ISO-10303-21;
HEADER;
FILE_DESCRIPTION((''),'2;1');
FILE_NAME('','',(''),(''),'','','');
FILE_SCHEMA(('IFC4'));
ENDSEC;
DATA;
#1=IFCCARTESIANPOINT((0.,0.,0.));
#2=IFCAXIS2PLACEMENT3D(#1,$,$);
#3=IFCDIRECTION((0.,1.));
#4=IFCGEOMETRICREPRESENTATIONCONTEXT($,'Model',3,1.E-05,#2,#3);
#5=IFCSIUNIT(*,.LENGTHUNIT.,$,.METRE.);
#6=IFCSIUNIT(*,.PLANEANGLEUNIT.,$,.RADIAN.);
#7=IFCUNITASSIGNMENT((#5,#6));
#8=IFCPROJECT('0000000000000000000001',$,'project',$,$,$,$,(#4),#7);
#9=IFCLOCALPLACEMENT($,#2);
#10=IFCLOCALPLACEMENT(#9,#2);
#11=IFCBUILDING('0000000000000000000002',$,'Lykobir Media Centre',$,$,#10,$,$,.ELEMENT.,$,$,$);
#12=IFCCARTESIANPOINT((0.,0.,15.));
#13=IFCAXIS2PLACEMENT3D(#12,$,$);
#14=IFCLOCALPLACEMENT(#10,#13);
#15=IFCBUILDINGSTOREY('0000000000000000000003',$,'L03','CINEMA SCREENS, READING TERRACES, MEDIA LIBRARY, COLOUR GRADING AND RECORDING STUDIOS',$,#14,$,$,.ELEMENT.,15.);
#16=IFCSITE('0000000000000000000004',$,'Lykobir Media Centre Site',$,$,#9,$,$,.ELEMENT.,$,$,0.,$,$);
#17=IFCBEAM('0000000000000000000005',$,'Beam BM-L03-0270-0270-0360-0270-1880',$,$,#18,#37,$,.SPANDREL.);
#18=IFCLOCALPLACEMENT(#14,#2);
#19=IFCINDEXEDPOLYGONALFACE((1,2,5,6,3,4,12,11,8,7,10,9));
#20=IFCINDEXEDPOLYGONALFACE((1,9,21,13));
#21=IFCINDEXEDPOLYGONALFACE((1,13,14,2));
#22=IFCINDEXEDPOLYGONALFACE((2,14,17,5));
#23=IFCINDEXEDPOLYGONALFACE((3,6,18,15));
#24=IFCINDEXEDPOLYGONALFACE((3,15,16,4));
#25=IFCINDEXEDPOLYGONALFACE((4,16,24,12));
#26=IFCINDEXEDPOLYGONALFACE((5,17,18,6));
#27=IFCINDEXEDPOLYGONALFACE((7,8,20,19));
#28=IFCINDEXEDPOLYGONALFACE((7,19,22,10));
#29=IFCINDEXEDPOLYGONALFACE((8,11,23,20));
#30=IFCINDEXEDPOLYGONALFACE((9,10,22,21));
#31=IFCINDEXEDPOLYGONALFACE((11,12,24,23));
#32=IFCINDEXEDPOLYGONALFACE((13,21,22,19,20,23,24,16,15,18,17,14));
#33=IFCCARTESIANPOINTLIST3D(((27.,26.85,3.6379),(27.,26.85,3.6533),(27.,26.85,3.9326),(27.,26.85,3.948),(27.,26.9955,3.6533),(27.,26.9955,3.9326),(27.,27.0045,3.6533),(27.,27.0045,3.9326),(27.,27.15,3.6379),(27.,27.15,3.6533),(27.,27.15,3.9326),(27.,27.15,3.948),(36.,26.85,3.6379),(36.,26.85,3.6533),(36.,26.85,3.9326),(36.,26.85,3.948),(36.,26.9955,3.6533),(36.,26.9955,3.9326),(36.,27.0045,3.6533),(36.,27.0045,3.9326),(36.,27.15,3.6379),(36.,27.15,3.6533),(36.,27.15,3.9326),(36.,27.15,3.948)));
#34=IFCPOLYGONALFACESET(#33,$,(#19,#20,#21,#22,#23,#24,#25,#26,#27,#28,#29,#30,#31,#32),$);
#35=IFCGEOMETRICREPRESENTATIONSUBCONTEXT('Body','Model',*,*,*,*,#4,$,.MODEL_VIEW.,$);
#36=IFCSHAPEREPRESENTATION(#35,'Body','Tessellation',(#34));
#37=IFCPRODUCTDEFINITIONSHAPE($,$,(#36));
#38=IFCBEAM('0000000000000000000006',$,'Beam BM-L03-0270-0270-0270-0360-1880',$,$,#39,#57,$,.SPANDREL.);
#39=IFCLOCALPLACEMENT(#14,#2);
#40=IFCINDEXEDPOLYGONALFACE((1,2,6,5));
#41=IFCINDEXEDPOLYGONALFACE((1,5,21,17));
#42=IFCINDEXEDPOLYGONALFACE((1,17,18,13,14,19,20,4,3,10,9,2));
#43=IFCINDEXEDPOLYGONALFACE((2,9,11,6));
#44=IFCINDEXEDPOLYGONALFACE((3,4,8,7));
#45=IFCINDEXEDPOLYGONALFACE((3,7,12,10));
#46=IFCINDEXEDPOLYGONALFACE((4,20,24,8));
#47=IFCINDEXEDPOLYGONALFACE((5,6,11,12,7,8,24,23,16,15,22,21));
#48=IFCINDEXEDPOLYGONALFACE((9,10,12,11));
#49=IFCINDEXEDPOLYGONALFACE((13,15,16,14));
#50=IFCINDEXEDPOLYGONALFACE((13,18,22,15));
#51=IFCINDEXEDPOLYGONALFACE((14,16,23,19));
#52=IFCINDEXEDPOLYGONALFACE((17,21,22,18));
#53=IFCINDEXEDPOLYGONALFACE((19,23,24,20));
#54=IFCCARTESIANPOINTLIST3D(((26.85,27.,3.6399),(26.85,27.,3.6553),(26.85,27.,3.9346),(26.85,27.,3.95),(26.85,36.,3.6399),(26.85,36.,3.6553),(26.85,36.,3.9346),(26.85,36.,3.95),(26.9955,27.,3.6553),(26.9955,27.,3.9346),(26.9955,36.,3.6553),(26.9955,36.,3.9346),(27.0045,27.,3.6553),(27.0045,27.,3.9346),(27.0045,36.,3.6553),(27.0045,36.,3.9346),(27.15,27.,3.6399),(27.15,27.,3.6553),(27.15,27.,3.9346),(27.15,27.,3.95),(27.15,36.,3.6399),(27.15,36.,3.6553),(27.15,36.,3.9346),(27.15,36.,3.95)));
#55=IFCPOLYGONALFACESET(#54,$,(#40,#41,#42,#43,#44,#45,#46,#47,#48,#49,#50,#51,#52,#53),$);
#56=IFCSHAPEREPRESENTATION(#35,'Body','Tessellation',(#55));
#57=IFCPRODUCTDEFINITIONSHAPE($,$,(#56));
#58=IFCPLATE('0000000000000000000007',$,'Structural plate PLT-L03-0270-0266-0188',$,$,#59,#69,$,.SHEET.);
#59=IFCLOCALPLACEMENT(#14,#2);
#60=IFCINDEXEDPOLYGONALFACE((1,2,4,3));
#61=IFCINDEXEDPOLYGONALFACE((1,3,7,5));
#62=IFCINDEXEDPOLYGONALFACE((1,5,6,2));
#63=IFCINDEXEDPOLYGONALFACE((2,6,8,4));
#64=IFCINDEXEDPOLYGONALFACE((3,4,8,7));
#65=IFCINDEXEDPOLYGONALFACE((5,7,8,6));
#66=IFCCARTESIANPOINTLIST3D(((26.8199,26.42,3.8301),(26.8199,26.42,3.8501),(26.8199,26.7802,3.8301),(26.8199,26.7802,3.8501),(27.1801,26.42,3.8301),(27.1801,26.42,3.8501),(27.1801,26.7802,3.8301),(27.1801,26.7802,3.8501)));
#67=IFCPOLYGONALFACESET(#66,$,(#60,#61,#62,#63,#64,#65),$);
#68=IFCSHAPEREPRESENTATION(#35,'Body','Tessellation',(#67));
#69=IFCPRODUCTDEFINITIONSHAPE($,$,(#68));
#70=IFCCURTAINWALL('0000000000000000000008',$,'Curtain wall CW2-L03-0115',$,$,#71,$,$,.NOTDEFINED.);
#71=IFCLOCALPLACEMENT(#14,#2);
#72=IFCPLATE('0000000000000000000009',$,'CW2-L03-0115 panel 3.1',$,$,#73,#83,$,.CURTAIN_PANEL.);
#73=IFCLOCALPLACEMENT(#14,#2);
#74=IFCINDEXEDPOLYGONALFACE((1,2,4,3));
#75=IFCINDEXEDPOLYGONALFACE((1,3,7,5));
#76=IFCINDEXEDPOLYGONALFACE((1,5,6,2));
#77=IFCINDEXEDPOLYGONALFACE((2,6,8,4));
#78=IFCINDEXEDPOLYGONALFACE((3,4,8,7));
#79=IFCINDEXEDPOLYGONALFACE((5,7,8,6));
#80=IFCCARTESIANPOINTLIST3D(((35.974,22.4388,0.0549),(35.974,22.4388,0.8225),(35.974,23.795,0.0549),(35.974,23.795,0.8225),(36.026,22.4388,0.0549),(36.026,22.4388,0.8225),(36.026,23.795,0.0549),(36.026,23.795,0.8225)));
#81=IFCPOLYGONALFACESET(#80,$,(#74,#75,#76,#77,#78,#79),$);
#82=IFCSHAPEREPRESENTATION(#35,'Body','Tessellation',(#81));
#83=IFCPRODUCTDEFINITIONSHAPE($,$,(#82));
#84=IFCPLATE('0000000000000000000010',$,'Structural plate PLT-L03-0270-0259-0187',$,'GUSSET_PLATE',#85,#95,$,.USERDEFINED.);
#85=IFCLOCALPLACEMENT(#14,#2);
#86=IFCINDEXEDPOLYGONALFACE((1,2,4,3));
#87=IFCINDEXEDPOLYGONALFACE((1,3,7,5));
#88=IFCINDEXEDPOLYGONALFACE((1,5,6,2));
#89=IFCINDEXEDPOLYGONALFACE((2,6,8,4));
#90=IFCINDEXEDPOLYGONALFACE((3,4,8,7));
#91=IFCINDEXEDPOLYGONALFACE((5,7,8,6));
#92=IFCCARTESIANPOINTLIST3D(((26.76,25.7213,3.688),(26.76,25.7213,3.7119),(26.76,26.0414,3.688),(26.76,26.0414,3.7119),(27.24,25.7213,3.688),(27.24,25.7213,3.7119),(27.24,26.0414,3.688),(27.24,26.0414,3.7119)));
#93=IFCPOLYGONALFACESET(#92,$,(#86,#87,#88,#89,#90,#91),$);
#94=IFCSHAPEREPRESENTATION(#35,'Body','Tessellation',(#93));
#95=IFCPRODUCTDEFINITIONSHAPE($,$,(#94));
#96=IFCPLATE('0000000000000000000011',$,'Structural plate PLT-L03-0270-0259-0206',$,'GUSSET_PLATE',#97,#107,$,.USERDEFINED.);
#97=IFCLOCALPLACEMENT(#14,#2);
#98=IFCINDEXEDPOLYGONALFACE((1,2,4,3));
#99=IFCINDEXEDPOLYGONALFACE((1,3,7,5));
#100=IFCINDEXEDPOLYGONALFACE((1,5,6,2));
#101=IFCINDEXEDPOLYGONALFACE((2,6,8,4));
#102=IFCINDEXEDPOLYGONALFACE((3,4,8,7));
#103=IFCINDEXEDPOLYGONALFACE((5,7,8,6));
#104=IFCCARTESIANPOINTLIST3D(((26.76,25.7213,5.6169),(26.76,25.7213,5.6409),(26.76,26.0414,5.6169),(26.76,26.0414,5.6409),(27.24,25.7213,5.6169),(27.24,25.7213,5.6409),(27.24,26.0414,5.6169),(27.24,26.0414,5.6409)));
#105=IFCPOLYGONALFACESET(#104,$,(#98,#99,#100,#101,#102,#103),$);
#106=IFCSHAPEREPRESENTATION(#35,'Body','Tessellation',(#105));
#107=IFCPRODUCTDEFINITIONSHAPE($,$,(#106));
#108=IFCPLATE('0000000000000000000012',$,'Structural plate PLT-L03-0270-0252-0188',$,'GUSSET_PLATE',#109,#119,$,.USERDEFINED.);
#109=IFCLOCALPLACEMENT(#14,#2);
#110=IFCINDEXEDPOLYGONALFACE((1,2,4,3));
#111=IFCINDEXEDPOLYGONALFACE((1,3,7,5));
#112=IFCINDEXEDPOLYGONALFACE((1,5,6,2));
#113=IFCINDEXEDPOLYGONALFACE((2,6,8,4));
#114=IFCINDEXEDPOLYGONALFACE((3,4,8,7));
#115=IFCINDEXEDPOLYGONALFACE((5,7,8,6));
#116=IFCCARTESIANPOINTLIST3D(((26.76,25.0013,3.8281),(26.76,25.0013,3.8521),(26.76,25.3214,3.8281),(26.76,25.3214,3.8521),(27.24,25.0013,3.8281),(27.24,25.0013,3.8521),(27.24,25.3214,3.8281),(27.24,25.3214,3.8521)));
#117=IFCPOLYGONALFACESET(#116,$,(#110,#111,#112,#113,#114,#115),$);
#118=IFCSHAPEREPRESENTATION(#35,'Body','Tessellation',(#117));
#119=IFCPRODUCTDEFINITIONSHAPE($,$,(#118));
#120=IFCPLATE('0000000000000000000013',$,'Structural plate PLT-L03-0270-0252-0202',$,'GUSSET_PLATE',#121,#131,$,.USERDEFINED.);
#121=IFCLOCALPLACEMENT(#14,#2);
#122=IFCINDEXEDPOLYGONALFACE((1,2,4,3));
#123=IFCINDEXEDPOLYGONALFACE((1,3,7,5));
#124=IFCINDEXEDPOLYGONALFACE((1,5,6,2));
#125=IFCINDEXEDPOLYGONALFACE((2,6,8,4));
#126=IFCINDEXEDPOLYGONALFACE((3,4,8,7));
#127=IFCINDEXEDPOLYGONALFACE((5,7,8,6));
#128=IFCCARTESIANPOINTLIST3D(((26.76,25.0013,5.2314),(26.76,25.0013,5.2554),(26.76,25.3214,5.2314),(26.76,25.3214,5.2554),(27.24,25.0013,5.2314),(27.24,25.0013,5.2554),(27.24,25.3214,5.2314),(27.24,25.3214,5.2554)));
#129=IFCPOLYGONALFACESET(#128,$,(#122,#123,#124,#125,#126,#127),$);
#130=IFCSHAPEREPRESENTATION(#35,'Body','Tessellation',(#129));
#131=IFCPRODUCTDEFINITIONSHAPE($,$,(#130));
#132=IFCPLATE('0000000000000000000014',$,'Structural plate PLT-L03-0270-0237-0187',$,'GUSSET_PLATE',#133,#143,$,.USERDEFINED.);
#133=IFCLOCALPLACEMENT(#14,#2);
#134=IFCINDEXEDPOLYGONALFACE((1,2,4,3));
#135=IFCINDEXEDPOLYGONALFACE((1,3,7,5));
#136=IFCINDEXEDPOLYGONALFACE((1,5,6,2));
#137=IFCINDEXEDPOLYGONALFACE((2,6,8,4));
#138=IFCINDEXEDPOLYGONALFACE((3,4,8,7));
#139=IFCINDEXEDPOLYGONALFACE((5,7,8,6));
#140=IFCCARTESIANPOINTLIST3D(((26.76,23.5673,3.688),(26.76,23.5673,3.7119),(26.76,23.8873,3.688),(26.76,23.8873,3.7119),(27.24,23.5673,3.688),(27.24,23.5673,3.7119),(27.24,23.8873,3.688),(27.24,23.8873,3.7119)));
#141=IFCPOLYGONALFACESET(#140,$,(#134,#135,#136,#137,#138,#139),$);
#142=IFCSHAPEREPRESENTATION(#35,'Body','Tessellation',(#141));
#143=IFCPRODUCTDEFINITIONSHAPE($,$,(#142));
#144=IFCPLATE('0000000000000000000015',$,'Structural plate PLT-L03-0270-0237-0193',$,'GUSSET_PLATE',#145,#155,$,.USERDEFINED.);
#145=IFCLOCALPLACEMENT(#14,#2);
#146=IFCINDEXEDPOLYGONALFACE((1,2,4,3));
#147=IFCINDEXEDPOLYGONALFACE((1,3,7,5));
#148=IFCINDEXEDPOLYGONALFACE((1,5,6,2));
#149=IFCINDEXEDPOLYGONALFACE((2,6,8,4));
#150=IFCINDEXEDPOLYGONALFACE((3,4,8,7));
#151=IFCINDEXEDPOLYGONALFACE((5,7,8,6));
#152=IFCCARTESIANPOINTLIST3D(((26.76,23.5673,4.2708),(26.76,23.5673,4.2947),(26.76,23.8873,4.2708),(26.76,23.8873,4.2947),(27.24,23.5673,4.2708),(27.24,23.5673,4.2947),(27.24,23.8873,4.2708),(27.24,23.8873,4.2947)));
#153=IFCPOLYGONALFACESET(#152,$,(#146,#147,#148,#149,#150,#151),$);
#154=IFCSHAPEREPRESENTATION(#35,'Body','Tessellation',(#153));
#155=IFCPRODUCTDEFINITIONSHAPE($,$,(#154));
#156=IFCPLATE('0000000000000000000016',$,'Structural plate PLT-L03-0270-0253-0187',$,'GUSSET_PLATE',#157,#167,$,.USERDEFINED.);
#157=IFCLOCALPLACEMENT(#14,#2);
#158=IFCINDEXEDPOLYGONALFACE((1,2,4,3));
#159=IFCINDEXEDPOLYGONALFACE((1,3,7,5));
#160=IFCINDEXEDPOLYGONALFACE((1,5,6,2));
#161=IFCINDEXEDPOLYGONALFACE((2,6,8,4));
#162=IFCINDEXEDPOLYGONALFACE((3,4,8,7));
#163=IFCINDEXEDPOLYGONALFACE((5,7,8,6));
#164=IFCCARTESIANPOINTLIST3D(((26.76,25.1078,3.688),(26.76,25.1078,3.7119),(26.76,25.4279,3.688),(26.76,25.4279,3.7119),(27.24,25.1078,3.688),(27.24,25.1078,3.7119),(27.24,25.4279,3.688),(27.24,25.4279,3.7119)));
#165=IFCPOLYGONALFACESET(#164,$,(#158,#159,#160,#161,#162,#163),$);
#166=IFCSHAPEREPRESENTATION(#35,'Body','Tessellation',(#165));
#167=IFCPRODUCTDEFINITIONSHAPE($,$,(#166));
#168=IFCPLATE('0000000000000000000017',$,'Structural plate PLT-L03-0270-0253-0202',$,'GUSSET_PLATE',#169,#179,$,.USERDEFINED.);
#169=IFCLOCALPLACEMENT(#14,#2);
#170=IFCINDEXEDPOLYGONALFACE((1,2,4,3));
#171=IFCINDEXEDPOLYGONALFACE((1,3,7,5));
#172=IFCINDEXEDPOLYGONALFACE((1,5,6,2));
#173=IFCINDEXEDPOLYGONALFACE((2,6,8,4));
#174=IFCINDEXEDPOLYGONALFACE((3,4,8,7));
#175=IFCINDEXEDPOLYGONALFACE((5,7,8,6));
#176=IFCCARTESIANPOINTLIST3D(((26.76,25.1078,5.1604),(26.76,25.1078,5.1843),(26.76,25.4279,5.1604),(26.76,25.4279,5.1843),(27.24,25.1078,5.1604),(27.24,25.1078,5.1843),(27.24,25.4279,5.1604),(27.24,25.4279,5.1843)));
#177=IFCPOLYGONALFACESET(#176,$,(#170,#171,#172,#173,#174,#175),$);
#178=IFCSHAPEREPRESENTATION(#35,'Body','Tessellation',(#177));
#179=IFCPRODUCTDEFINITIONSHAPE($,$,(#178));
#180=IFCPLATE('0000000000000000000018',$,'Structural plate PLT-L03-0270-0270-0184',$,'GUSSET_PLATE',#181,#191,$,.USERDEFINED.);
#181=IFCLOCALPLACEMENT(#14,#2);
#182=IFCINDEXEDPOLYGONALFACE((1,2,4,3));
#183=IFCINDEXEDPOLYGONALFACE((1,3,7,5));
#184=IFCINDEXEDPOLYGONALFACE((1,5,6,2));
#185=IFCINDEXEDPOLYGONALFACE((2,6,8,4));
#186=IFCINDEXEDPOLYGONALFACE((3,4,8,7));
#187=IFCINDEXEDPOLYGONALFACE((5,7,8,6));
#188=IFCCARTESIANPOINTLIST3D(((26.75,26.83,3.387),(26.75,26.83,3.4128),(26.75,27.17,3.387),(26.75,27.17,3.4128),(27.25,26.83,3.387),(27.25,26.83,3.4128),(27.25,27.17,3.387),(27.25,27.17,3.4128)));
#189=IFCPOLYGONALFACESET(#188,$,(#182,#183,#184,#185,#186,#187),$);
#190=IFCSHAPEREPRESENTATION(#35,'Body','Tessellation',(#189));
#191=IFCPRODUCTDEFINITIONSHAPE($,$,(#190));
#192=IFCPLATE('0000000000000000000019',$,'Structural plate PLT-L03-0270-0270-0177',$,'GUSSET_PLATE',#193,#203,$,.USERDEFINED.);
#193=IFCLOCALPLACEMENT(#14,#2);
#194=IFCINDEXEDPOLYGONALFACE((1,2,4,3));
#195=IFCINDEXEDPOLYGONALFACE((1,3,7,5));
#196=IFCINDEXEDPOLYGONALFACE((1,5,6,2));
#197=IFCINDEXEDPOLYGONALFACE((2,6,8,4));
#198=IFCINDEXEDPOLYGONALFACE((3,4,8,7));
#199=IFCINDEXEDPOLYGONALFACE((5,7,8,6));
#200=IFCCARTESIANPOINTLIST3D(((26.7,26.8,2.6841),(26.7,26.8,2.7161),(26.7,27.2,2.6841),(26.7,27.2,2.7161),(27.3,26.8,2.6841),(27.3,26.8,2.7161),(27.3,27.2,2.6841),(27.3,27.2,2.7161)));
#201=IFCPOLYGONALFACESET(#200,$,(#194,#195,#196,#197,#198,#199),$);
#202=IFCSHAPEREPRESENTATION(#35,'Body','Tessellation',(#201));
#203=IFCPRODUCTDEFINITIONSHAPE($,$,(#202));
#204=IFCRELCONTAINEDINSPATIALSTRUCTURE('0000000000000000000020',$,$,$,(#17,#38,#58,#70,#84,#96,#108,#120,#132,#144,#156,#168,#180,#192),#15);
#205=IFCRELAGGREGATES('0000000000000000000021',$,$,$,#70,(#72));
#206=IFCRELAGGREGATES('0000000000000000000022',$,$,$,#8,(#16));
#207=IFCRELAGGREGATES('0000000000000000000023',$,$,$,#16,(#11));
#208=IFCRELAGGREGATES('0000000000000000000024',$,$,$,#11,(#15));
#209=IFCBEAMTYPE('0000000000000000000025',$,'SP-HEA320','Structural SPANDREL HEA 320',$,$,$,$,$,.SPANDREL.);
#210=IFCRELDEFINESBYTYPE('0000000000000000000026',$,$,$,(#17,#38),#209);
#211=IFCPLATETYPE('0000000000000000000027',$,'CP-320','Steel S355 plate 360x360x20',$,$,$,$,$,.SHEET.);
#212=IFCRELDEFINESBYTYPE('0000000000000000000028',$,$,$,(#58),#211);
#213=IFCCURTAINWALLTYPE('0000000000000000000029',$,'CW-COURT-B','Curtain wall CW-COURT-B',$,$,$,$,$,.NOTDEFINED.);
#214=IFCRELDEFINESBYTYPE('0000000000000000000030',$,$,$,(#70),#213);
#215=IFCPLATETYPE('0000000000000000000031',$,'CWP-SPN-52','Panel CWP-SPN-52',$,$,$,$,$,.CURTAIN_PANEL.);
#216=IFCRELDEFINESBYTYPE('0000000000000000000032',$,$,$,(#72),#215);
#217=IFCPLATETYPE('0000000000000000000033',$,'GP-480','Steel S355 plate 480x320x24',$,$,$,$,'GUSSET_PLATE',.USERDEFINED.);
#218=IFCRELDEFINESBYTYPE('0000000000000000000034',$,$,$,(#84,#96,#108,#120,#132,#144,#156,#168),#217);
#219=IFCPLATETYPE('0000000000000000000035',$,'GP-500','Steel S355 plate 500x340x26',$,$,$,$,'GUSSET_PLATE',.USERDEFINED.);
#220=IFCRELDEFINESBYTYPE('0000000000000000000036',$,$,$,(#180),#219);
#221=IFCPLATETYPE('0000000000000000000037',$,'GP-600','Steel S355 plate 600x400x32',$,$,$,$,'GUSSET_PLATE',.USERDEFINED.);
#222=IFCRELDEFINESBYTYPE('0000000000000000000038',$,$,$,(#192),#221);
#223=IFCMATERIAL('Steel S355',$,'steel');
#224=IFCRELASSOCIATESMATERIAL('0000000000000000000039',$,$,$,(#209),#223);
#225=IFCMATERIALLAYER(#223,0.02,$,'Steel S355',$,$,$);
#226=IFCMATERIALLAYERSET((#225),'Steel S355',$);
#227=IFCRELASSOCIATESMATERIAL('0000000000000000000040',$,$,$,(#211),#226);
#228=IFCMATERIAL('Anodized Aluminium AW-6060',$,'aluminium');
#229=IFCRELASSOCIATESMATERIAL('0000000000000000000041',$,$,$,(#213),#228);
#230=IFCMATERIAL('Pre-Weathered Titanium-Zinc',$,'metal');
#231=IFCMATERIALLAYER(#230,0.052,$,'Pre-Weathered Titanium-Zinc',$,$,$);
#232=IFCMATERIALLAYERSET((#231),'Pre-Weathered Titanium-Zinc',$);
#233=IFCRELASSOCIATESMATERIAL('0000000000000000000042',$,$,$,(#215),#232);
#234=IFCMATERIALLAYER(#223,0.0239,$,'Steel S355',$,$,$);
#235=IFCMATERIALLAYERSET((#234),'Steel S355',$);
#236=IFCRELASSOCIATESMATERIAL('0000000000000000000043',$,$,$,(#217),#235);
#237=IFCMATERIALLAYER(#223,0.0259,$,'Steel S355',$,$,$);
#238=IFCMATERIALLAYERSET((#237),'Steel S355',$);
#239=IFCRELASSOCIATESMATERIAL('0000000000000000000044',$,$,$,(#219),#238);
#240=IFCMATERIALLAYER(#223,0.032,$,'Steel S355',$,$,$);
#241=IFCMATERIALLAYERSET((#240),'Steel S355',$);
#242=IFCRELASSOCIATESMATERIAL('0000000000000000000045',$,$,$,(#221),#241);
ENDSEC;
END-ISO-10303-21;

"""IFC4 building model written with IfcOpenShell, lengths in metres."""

from ifc_helpers import new_model, si_unit, direction, frame, origin, origin_2d, place, context, subcontext, project, spatial, rectangle, i_section, extrude, material, layer, layer_set, material_profile, profile_set, type_object, element, aggregate, save


model = new_model("IFC4")

# Units and contexts
model_context = context("Model", 3, precision=1e-05, world=origin(), true_north=direction((0.0, 1.0)))
body_context = subcontext(model_context, "Body", "Model", "MODEL_VIEW")
ifc_project = project(units=[si_unit("LENGTHUNIT", "METRE"), si_unit("PLANEANGLEUNIT", "RADIAN")], contexts=[model_context])

# Site, building, storey
site_placement = place(None, origin())
site = spatial("IfcSite", under=ifc_project, at=site_placement, Name="Lykobir Media Centre Site", CompositionType="ELEMENT", RefElevation=0.0)
building_placement = place(site_placement, origin())
building = spatial("IfcBuilding", under=site, at=building_placement, Name="Lykobir Media Centre", CompositionType="ELEMENT")
storey_placement = place(building_placement, frame((0.0, 0.0, 15.0)))
storey = spatial("IfcBuildingStorey", under=building, at=storey_placement, Name="L03", Description="CINEMA SCREENS, READING TERRACES, MEDIA LIBRARY, COLOUR GRADING AND RECORDING STUDIOS", CompositionType="ELEMENT", Elevation=15.0)

# Shared definitions
ifc_material_1 = material(Name="Steel S355", Category="steel")

# Beams
ifc_material_profile_1 = material_profile(ifc_material_1, i_section(OverallWidth=0.3, OverallDepth=0.3101, WebThickness=0.009, FlangeThickness=0.0154, at=origin_2d()), Name="HEA 320")
ifc_profile_set_1 = profile_set([ifc_material_profile_1], Name="Steel S355")
beam_type_1 = type_object("IfcBeamType", Name="SP-HEA320", Description="Structural SPANDREL HEA 320", PredefinedType="SPANDREL", material=ifc_profile_set_1)
for number, where, z_axis, x_axis, name in (
    (1, (27.0, 27.0, 3.793), (1.0, 0.0, 0.0), (0.0, 1.0, 0.0), "Beam BM-L03-0270-0270-0360-0270-1880"),
    (2, (27.0, 27.0, 3.7949), (0.0, 1.0, 0.0), (-1.0, 0.0, 0.0), "Beam BM-L03-0270-0270-0270-0360-1880"),
):
    element("IfcBeam", number, at=place(storey_placement, frame(where, z_axis=z_axis, x_axis=x_axis)), inside=storey, type_object=beam_type_1, Name=name, PredefinedType="SPANDREL", context=body_context, shape_type="SweptSolid", body=[
        extrude(i_section(OverallWidth=0.3, OverallDepth=0.3101, WebThickness=0.009, FlangeThickness=0.0154, at=origin_2d()), origin(), (0.0, 0.0, 1.0), 9.0),
    ])

# Plate
ifc_layer_1 = layer(ifc_material_1, 0.02, Name="Steel S355")
ifc_layer_set_1 = layer_set([ifc_layer_1], Name="Steel S355")
plate_type_1 = type_object("IfcPlateType", Name="CP-320", Description="Steel S355 plate 360x360x20", PredefinedType="SHEET", material=ifc_layer_set_1)
plate_1_placement = place(storey_placement, frame((27.0, 26.6001, 3.8301), z_axis=(0.0, 0.0, 1.0), x_axis=(1.0, 0.0, 0.0)))
element("IfcPlate", 3, at=plate_1_placement, inside=storey, type_object=plate_type_1, Name="Structural plate PLT-L03-0270-0266-0188", PredefinedType="SHEET", context=body_context, shape_type="SweptSolid", body=[
    extrude(rectangle(XDim=0.3601, YDim=0.3601, at=origin_2d()), origin(), (0.0, 0.0, 1.0), 0.02),
])

# Curtain wall, plate
ifc_material_2 = material(Name="Anodized Aluminium AW-6060", Category="aluminium")
curtain_wall_type = type_object("IfcCurtainWallType", Name="CW-COURT-B", Description="Curtain wall CW-COURT-B", PredefinedType="NOTDEFINED", material=ifc_material_2)
curtain_wall_placement = place(storey_placement, origin())
curtain_wall = element("IfcCurtainWall", 4, at=curtain_wall_placement, inside=storey, type_object=curtain_wall_type, Name="Curtain wall CW2-L03-0115", PredefinedType="NOTDEFINED")
ifc_material_3 = material(Name="Pre-Weathered Titanium-Zinc", Category="metal")
ifc_layer_2 = layer(ifc_material_3, 0.052, Name="Pre-Weathered Titanium-Zinc")
ifc_layer_set_2 = layer_set([ifc_layer_2], Name="Pre-Weathered Titanium-Zinc")
plate_type_2 = type_object("IfcPlateType", Name="CWP-SPN-52", Description="Panel CWP-SPN-52", PredefinedType="CURTAIN_PANEL", material=ifc_layer_set_2)
plate_2_placement = place(storey_placement, frame((36.0, 23.1169, 0.0549), z_axis=(0.0, 0.0, 1.0), x_axis=(0.0, -1.0, 0.0)))
plate_2 = element("IfcPlate", 5, at=plate_2_placement, type_object=plate_type_2, Name="CW2-L03-0115 panel 3.1", PredefinedType="CURTAIN_PANEL", context=body_context, shape_type="SweptSolid", body=[
    extrude(rectangle(XDim=1.3562, YDim=0.052, at=origin_2d()), origin(), (0.0, 0.0, 1.0), 0.7676),
])
aggregate(curtain_wall, [plate_2])

# Plates
ifc_layer_3 = layer(ifc_material_1, 0.0239, Name="Steel S355")
ifc_layer_set_3 = layer_set([ifc_layer_3], Name="Steel S355")
plate_type_3 = type_object("IfcPlateType", Name="GP-480", Description="Steel S355 plate 480x320x24", ElementType="GUSSET_PLATE", PredefinedType="USERDEFINED", material=ifc_layer_set_3)
for number, where, z_axis, x_axis, name in (
    (6, (27.0, 25.8813, 3.688), (0.0, 0.0, 1.0), (1.0, 0.0, 0.0), "Structural plate PLT-L03-0270-0259-0187"),
    (7, (27.0, 25.8813, 5.6169), (0.0, 0.0, 1.0), (1.0, 0.0, 0.0), "Structural plate PLT-L03-0270-0259-0206"),
    (8, (27.0, 25.1614, 3.8281), (0.0, 0.0, 1.0), (1.0, 0.0, 0.0), "Structural plate PLT-L03-0270-0252-0188"),
    (9, (27.0, 25.1614, 5.2314), (0.0, 0.0, 1.0), (1.0, 0.0, 0.0), "Structural plate PLT-L03-0270-0252-0202"),
    (10, (27.0, 23.7273, 3.688), (0.0, 0.0, 1.0), (1.0, 0.0, 0.0), "Structural plate PLT-L03-0270-0237-0187"),
    (11, (27.0, 23.7273, 4.2708), (0.0, 0.0, 1.0), (1.0, 0.0, 0.0), "Structural plate PLT-L03-0270-0237-0193"),
    (12, (27.0, 25.2678, 3.688), (0.0, 0.0, 1.0), (1.0, 0.0, 0.0), "Structural plate PLT-L03-0270-0253-0187"),
    (13, (27.0, 25.2678, 5.1604), (0.0, 0.0, 1.0), (1.0, 0.0, 0.0), "Structural plate PLT-L03-0270-0253-0202"),
):
    element("IfcPlate", number, at=place(storey_placement, frame(where, z_axis=z_axis, x_axis=x_axis)), inside=storey, type_object=plate_type_3, Name=name, ObjectType="GUSSET_PLATE", PredefinedType="USERDEFINED", context=body_context, shape_type="SweptSolid", body=[
        extrude(rectangle(XDim=0.48, YDim=0.3201, at=origin_2d()), origin(), (0.0, 0.0, 1.0), 0.0239),
    ])
ifc_layer_4 = layer(ifc_material_1, 0.0259, Name="Steel S355")
ifc_layer_set_4 = layer_set([ifc_layer_4], Name="Steel S355")
plate_type_4 = type_object("IfcPlateType", Name="GP-500", Description="Steel S355 plate 500x340x26", ElementType="GUSSET_PLATE", PredefinedType="USERDEFINED", material=ifc_layer_set_4)
plate_3_placement = place(storey_placement, frame((27.0, 27.0, 3.387), z_axis=(0.0, 0.0, 1.0), x_axis=(1.0, 0.0, 0.0)))
element("IfcPlate", 14, at=plate_3_placement, inside=storey, type_object=plate_type_4, Name="Structural plate PLT-L03-0270-0270-0184", ObjectType="GUSSET_PLATE", PredefinedType="USERDEFINED", context=body_context, shape_type="SweptSolid", body=[
    extrude(rectangle(XDim=0.5, YDim=0.3401, at=origin_2d()), origin(), (0.0, 0.0, 1.0), 0.0259),
])
ifc_layer_5 = layer(ifc_material_1, 0.032, Name="Steel S355")
ifc_layer_set_5 = layer_set([ifc_layer_5], Name="Steel S355")
plate_type_5 = type_object("IfcPlateType", Name="GP-600", Description="Steel S355 plate 600x400x32", ElementType="GUSSET_PLATE", PredefinedType="USERDEFINED", material=ifc_layer_set_5)
plate_4_placement = place(storey_placement, frame((27.0, 27.0, 2.6841), z_axis=(0.0, 0.0, 1.0), x_axis=(1.0, 0.0, 0.0)))
element("IfcPlate", 15, at=plate_4_placement, inside=storey, type_object=plate_type_5, Name="Structural plate PLT-L03-0270-0270-0177", ObjectType="GUSSET_PLATE", PredefinedType="USERDEFINED", context=body_context, shape_type="SweptSolid", body=[
    extrude(rectangle(XDim=0.6001, YDim=0.3999, at=origin_2d()), origin(), (0.0, 0.0, 1.0), 0.032),
])

save(model, "model.ifc")
